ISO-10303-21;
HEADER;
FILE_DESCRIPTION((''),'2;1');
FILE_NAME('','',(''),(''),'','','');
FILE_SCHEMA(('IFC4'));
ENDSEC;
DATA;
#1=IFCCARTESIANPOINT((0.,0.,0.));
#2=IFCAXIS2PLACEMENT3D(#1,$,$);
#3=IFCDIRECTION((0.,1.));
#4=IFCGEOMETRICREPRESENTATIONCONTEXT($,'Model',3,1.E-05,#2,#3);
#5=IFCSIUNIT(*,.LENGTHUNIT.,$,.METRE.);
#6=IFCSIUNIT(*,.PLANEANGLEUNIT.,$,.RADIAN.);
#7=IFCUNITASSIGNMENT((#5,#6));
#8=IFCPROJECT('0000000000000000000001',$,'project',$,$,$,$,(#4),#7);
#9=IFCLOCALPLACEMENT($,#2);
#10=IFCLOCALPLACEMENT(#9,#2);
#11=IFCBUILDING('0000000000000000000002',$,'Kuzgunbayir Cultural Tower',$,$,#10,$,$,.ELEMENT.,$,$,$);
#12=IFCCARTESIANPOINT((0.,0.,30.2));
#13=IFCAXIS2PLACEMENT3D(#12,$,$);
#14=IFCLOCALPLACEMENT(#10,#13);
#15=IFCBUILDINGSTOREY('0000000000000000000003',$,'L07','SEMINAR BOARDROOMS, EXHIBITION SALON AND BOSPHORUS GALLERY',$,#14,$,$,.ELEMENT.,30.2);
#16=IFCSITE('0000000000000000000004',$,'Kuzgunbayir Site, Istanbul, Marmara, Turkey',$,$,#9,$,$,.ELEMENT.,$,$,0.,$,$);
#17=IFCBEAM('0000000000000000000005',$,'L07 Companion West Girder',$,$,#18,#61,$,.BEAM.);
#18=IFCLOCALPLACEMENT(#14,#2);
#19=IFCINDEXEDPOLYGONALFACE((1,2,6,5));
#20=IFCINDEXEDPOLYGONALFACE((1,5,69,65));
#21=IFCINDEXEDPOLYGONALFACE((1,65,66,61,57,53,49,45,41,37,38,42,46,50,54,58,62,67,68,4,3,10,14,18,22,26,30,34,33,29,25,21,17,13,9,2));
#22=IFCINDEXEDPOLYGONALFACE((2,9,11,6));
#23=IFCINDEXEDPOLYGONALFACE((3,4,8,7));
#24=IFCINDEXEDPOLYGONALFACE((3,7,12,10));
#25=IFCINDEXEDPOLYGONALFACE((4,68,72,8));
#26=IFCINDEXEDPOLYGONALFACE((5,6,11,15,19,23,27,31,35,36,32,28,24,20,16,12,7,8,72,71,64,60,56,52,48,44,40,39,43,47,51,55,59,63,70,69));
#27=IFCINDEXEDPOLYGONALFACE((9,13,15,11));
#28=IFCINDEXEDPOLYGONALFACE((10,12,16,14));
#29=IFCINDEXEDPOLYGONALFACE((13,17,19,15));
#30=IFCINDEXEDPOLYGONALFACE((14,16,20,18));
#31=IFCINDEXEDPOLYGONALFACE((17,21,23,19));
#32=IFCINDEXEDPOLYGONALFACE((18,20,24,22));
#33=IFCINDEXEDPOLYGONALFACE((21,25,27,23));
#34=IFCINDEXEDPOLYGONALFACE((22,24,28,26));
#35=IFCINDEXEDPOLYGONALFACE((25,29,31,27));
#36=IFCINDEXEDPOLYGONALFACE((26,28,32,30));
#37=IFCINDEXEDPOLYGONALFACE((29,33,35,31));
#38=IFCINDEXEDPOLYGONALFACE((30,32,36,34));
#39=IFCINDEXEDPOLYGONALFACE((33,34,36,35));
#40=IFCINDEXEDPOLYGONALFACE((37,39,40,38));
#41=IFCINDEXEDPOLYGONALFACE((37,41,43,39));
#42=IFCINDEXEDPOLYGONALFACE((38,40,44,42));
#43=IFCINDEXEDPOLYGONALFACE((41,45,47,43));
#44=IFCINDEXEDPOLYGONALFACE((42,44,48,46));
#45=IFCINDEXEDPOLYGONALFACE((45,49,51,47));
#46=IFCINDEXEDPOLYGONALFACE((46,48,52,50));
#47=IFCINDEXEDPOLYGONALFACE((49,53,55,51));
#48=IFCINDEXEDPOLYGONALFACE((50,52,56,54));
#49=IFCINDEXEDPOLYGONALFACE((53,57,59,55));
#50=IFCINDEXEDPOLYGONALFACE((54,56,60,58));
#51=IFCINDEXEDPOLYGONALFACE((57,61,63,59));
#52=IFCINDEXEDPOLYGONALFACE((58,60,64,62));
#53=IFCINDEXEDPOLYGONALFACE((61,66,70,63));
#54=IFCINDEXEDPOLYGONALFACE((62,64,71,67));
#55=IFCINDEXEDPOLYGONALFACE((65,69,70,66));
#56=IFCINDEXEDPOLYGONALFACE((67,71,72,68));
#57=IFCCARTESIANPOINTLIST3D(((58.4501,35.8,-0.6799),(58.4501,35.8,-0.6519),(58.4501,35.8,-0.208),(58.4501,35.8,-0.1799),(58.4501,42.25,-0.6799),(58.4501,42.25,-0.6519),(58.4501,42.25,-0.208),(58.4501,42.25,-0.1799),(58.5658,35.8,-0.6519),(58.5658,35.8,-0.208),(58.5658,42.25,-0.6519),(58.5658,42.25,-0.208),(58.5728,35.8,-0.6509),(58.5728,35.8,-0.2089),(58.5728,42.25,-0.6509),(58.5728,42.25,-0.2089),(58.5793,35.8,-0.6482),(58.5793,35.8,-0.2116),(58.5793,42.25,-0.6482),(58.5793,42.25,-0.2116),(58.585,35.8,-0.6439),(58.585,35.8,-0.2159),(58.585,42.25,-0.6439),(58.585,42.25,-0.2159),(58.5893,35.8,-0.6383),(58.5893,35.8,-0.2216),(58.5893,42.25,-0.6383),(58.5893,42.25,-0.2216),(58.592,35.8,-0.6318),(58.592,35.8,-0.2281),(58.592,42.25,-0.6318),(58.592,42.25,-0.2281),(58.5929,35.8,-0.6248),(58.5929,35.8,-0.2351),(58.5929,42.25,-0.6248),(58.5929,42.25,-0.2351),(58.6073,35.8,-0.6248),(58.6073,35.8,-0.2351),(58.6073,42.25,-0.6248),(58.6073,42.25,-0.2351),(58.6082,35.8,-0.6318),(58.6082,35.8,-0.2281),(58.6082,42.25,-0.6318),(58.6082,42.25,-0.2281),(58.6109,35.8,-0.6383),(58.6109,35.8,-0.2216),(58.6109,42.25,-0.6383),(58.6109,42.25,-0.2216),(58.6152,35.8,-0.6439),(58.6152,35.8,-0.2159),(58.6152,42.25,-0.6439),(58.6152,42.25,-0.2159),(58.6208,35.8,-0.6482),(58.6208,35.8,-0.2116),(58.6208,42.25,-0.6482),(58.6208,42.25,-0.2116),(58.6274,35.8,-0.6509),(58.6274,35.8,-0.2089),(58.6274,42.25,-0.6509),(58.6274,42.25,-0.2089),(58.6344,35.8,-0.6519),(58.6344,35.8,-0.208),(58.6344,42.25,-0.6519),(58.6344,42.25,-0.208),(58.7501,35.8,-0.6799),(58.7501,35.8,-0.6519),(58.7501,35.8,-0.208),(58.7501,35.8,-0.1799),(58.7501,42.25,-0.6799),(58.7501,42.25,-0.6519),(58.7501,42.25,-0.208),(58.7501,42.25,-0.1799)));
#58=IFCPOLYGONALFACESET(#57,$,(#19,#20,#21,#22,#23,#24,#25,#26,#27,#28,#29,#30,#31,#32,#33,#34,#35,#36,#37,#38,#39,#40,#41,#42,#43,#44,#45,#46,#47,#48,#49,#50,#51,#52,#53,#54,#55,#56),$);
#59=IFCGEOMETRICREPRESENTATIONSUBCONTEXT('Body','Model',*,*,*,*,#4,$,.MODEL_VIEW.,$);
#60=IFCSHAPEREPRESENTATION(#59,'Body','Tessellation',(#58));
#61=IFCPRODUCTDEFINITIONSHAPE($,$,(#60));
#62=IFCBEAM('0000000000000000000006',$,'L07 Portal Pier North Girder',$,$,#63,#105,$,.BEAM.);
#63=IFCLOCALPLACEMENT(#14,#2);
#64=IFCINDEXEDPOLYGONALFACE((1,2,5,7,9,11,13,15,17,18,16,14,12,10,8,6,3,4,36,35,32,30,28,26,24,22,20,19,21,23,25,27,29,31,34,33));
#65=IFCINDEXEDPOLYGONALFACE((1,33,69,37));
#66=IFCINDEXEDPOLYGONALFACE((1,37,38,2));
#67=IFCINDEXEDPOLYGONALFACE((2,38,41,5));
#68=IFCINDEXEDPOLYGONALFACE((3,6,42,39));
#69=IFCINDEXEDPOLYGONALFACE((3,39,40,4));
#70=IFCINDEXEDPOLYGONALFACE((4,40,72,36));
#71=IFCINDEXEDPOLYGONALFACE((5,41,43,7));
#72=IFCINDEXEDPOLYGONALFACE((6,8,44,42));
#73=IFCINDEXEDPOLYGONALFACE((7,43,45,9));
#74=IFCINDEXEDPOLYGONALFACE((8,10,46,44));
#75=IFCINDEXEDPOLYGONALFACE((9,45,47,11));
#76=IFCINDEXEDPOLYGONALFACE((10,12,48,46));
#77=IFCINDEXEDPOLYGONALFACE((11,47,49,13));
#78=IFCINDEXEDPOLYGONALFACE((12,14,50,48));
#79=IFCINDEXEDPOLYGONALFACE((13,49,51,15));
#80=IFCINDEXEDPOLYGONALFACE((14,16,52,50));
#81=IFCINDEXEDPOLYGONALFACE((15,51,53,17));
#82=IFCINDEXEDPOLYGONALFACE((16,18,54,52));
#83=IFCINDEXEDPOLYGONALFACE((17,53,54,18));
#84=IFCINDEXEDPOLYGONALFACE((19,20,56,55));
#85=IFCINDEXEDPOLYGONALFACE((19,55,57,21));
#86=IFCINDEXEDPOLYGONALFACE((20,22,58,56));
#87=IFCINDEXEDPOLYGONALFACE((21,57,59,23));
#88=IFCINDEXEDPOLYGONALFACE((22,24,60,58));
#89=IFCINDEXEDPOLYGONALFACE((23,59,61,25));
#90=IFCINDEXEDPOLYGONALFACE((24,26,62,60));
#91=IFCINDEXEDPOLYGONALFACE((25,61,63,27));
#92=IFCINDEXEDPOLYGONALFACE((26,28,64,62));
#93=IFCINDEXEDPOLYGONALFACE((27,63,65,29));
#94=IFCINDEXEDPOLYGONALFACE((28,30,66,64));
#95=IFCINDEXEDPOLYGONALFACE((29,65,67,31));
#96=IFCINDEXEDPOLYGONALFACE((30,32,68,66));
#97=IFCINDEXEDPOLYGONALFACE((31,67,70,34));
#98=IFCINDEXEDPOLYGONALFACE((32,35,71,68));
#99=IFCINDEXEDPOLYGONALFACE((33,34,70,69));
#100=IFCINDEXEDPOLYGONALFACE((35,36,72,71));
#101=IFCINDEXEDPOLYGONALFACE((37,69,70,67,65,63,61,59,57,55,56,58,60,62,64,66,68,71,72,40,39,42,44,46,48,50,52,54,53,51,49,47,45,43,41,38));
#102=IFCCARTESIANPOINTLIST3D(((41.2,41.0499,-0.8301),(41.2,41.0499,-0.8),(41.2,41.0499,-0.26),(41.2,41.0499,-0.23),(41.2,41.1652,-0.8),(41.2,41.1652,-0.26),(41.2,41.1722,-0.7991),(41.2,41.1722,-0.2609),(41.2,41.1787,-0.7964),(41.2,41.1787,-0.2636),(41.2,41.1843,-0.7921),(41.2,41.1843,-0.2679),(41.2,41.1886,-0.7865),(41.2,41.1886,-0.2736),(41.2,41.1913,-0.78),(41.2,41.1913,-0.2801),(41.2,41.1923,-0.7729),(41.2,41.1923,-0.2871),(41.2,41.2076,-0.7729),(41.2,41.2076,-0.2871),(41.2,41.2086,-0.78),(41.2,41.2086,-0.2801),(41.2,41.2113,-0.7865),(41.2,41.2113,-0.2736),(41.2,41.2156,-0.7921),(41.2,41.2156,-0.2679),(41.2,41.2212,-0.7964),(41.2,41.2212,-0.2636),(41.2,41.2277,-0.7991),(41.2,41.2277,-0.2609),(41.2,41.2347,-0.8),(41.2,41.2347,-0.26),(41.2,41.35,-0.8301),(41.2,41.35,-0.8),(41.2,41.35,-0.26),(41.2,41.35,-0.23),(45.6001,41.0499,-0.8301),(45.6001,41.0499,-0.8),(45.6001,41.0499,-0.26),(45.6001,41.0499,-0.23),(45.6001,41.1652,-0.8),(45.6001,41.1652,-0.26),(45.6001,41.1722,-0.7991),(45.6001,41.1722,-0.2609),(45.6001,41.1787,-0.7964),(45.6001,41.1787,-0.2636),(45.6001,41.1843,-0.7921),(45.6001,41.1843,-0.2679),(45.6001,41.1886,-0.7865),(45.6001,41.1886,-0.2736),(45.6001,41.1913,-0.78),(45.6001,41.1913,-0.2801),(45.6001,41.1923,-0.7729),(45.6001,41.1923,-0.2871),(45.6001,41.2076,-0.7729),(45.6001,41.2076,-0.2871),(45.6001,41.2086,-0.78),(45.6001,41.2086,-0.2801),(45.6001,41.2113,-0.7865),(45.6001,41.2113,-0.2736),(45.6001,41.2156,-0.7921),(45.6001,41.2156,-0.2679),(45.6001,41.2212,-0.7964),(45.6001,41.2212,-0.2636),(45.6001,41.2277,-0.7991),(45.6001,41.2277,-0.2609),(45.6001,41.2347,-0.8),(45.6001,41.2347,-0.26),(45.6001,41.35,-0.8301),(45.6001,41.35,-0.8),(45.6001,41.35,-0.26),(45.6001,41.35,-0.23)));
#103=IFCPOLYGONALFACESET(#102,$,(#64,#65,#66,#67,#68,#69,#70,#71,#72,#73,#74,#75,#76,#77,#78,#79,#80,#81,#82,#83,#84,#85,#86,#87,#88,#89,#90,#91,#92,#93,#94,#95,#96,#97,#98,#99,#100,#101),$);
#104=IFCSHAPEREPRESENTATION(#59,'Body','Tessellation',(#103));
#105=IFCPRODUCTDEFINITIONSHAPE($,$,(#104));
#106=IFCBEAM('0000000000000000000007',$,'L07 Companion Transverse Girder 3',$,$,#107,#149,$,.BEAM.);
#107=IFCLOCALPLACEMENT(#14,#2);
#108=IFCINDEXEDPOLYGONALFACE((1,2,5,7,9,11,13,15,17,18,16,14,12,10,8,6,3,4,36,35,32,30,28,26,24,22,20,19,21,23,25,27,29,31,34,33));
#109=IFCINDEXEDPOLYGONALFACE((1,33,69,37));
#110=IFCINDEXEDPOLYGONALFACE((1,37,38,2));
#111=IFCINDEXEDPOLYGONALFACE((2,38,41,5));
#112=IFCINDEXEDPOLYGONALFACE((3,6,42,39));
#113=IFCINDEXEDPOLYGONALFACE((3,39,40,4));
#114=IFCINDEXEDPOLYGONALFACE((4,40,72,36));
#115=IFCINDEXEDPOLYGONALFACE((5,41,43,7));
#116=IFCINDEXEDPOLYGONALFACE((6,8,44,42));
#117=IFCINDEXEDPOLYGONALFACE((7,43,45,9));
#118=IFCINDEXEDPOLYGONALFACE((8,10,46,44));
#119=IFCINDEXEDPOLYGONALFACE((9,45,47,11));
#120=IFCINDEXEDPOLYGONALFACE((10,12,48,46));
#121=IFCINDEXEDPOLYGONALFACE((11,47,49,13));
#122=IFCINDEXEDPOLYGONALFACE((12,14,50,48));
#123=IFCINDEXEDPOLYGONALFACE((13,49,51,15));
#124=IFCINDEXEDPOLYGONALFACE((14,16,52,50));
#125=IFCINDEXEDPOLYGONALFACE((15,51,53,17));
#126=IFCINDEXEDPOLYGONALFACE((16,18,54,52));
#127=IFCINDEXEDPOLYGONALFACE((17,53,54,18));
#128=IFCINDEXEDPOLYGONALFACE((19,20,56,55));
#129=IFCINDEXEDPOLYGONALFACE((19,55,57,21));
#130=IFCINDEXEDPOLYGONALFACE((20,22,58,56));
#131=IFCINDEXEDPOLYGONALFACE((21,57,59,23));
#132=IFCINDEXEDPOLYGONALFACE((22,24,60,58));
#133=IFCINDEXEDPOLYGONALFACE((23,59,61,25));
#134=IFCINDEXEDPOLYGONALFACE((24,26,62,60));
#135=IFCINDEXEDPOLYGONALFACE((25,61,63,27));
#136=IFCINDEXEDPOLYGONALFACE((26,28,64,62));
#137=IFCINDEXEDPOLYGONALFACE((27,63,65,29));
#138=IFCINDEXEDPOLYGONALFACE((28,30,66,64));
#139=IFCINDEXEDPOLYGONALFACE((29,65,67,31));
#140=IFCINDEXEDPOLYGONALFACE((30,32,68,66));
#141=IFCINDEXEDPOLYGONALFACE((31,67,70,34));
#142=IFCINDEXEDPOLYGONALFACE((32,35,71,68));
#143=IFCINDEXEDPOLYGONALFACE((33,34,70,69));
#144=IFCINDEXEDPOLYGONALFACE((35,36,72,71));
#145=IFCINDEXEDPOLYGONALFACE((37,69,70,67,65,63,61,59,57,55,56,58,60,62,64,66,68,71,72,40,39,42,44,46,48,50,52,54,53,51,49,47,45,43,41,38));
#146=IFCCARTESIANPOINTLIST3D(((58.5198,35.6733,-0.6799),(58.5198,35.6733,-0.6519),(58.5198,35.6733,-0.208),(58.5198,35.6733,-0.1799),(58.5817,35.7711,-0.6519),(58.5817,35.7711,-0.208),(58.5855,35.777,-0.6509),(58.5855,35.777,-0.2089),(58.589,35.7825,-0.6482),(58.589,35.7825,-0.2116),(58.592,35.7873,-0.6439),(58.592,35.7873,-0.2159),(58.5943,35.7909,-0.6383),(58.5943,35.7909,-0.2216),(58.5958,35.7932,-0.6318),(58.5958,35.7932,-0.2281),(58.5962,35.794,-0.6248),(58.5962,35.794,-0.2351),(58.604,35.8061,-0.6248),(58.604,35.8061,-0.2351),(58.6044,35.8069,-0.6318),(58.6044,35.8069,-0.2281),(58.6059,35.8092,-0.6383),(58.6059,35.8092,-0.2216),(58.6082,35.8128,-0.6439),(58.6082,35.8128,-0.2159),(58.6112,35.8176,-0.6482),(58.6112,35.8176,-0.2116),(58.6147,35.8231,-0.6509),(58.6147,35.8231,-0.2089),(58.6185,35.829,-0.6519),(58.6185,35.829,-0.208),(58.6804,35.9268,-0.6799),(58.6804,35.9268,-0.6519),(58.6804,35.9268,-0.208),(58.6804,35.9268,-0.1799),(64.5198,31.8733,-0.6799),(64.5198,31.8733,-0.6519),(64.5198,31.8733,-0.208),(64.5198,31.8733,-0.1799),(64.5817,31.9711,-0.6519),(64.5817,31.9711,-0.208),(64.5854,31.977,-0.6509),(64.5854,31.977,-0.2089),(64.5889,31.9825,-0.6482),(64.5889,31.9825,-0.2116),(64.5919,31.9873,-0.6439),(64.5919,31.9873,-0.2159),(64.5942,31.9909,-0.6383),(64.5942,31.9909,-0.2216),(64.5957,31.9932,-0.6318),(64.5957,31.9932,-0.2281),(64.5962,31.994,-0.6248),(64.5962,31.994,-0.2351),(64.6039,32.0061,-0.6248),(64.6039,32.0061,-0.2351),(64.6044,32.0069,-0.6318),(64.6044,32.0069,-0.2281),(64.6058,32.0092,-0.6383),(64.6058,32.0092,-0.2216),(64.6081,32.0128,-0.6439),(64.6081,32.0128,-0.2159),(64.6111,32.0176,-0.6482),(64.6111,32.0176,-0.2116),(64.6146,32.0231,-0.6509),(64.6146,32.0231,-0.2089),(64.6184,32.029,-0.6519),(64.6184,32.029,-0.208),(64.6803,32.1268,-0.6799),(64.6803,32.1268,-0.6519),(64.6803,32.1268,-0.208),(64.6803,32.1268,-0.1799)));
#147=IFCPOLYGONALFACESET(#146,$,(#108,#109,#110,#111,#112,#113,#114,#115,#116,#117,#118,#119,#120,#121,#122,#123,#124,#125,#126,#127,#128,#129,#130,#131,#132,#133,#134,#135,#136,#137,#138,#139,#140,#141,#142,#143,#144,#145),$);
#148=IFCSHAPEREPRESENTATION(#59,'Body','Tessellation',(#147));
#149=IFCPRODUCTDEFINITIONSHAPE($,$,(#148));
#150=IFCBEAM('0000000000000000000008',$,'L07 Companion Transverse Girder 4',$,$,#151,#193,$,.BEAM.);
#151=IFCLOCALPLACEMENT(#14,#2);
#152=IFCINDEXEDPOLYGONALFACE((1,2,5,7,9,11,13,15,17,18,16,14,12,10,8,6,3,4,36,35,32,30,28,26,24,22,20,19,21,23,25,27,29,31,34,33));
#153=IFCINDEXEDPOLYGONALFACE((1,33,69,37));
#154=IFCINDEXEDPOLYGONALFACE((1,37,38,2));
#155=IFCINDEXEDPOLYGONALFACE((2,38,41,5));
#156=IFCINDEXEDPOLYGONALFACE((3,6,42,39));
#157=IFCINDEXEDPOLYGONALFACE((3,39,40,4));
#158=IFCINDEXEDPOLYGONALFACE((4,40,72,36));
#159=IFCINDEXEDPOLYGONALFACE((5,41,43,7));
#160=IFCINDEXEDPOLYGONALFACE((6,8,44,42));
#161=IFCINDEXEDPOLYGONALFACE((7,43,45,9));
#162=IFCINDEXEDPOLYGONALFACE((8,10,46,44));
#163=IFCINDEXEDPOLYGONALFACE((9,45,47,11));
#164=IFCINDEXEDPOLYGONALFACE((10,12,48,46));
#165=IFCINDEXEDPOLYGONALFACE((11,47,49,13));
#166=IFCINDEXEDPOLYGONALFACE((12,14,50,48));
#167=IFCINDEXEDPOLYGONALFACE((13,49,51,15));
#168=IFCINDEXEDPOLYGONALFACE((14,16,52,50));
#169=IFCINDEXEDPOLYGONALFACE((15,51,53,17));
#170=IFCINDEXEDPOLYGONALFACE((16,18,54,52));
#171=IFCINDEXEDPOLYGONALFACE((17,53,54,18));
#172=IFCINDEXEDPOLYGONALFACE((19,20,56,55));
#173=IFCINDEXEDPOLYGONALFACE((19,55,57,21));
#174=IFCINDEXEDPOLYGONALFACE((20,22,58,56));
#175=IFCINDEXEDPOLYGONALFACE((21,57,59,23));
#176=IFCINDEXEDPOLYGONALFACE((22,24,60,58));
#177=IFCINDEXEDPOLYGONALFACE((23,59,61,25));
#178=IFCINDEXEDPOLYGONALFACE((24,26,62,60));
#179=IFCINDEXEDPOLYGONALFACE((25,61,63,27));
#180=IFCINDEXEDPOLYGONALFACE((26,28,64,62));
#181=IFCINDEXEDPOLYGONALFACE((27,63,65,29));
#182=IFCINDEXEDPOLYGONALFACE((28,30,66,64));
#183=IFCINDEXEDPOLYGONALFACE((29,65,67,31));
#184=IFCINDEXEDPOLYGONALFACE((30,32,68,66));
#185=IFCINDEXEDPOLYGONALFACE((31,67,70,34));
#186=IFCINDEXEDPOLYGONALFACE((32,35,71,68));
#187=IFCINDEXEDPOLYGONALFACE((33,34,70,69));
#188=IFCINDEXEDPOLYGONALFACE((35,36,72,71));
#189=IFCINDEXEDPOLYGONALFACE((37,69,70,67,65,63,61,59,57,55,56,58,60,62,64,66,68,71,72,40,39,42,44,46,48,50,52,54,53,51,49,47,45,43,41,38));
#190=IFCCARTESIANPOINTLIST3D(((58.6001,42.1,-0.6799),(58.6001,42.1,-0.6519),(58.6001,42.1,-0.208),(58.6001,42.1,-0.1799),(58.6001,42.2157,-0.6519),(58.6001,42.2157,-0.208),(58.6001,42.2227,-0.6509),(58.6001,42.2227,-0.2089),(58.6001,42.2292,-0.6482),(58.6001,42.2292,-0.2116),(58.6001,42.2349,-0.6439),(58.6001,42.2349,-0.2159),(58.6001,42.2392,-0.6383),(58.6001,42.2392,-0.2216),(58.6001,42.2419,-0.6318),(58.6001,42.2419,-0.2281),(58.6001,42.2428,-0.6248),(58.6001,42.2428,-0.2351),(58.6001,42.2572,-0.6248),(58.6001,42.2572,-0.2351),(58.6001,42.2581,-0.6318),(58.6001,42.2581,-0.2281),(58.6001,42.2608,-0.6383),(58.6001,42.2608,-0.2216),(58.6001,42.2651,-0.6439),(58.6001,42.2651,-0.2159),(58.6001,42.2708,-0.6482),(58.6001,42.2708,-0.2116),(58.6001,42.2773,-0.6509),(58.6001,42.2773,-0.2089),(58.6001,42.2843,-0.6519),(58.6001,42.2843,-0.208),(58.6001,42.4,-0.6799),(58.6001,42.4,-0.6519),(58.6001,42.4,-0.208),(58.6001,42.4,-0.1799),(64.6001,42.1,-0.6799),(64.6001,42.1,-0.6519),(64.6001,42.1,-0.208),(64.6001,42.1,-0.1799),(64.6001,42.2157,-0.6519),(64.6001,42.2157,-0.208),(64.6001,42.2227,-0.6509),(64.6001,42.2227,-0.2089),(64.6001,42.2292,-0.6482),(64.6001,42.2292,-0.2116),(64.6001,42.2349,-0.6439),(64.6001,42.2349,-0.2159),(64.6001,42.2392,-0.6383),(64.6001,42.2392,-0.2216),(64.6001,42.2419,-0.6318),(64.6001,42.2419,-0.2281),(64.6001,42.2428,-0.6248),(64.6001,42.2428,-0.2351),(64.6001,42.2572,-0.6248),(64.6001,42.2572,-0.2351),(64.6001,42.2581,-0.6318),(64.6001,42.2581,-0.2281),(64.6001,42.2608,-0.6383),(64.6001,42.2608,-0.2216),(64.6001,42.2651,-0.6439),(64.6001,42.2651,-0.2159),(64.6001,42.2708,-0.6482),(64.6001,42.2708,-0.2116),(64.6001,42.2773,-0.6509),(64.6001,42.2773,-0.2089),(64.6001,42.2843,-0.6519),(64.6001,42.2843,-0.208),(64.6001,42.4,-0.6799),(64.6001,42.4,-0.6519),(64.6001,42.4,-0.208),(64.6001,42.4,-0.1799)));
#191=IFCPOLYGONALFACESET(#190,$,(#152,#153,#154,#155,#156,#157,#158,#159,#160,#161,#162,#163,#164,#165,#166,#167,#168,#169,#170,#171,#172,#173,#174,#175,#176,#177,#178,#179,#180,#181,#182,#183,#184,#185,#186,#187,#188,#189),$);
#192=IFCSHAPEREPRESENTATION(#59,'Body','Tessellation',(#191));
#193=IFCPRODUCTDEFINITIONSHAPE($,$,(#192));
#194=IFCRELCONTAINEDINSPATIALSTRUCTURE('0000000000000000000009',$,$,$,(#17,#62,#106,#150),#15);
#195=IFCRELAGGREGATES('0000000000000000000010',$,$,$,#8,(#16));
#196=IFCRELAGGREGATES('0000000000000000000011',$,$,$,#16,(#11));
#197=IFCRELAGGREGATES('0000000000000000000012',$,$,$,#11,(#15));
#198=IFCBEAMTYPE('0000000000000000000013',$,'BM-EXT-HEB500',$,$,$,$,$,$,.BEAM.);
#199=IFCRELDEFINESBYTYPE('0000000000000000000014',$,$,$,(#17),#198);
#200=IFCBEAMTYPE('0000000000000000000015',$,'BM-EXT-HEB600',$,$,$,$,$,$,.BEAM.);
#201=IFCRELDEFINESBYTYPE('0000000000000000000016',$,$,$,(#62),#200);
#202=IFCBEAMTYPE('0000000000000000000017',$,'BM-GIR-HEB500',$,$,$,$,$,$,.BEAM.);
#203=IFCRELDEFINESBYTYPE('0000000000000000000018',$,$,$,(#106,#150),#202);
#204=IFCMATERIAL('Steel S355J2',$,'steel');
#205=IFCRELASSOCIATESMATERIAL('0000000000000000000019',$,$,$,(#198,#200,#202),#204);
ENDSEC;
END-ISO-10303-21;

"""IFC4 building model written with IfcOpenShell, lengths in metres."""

from ifc_helpers import new_model, si_unit, direction, frame, origin, origin_2d, place, context, subcontext, project, spatial, i_section, extrude, material, material_profile, profile_set, type_object, element, save


model = new_model("IFC4")

# Units and contexts
model_context = context("Model", 3, precision=1e-05, world=origin(), true_north=direction((0.0, 1.0)))
body_context = subcontext(model_context, "Body", "Model", "MODEL_VIEW")
ifc_project = project(units=[si_unit("LENGTHUNIT", "METRE"), si_unit("PLANEANGLEUNIT", "RADIAN")], contexts=[model_context])

# Site, building, storey
site_placement = place(None, origin())
site = spatial("IfcSite", under=ifc_project, at=site_placement, Name="Kuzgunbayir Site, Istanbul, Marmara, Turkey", CompositionType="ELEMENT", RefElevation=0.0)
building_placement = place(site_placement, origin())
building = spatial("IfcBuilding", under=site, at=building_placement, Name="Kuzgunbayir Cultural Tower", CompositionType="ELEMENT")
storey_placement = place(building_placement, frame((0.0, 0.0, 30.2)))
storey = spatial("IfcBuildingStorey", under=building, at=storey_placement, Name="L07", Description="SEMINAR BOARDROOMS, EXHIBITION SALON AND BOSPHORUS GALLERY", CompositionType="ELEMENT", Elevation=30.2)

# Beams
ifc_material_1 = material(Name="Steel S355J2", Category="steel")
ifc_material_profile_1 = material_profile(ifc_material_1, i_section(OverallWidth=0.3, OverallDepth=0.5, WebThickness=0.0144, FlangeThickness=0.0281, FilletRadius=0.0271, at=origin_2d()), Name="HEB 500")
ifc_profile_set_1 = profile_set([ifc_material_profile_1], Name="Steel S355J2")
beam_type_1 = type_object("IfcBeamType", Name="BM-EXT-HEB500", PredefinedType="BEAM", material=ifc_profile_set_1)
beam_1_placement = place(storey_placement, frame((58.6001, 35.8, -0.4299), z_axis=(0.0, 1.0, 0.0), x_axis=(-1.0, 0.0, 0.0)))
element("IfcBeam", 1, at=beam_1_placement, inside=storey, type_object=beam_type_1, Name="L07 Companion West Girder", PredefinedType="BEAM", context=body_context, shape_type="SweptSolid", body=[
    extrude(i_section(OverallWidth=0.3, OverallDepth=0.5, WebThickness=0.0144, FlangeThickness=0.0281, FilletRadius=0.0271, at=origin_2d()), origin(), (0.0, 0.0, 1.0), 6.45),
])
ifc_material_profile_2 = material_profile(ifc_material_1, i_section(OverallWidth=0.3, OverallDepth=0.6001, WebThickness=0.0154, FlangeThickness=0.03, FilletRadius=0.0271, at=origin_2d()), Name="HEB 600")
ifc_profile_set_2 = profile_set([ifc_material_profile_2], Name="Steel S355J2")
beam_type_2 = type_object("IfcBeamType", Name="BM-EXT-HEB600", PredefinedType="BEAM", material=ifc_profile_set_2)
beam_2_placement = place(storey_placement, frame((41.2, 41.2, -0.53), z_axis=(1.0, 0.0, 0.0), x_axis=(0.0, 1.0, 0.0)))
element("IfcBeam", 2, at=beam_2_placement, inside=storey, type_object=beam_type_2, Name="L07 Portal Pier North Girder", PredefinedType="BEAM", context=body_context, shape_type="SweptSolid", body=[
    extrude(i_section(OverallWidth=0.3, OverallDepth=0.6001, WebThickness=0.0154, FlangeThickness=0.03, FilletRadius=0.0271, at=origin_2d()), origin(), (0.0, 0.0, 1.0), 4.4001),
])
ifc_material_profile_3 = material_profile(ifc_material_1, i_section(OverallWidth=0.3, OverallDepth=0.5, WebThickness=0.0144, FlangeThickness=0.0281, FilletRadius=0.0271, at=origin_2d()), Name="HEB 500")
ifc_profile_set_3 = profile_set([ifc_material_profile_3], Name="Steel S355J2")
beam_type_3 = type_object("IfcBeamType", Name="BM-GIR-HEB500", PredefinedType="BEAM", material=ifc_profile_set_3)
beam_3_placement = place(storey_placement, frame((58.6001, 35.8, -0.4299), z_axis=(0.844816, -0.535057, 0.0), x_axis=(0.535057, 0.844816, 0.0)))
element("IfcBeam", 3, at=beam_3_placement, inside=storey, type_object=beam_type_3, Name="L07 Companion Transverse Girder 3", PredefinedType="BEAM", context=body_context, shape_type="SweptSolid", body=[
    extrude(i_section(OverallWidth=0.3, OverallDepth=0.5, WebThickness=0.0144, FlangeThickness=0.0281, FilletRadius=0.0271, at=origin_2d()), origin(), (0.0, 0.0, 1.0), 7.1021),
])
beam_4_placement = place(storey_placement, frame((58.6001, 42.25, -0.4299), z_axis=(1.0, 0.0, 0.0), x_axis=(0.0, 1.0, 0.0)))
element("IfcBeam", 4, at=beam_4_placement, inside=storey, type_object=beam_type_3, Name="L07 Companion Transverse Girder 4", PredefinedType="BEAM", context=body_context, shape_type="SweptSolid", body=[
    extrude(i_section(OverallWidth=0.3, OverallDepth=0.5, WebThickness=0.0144, FlangeThickness=0.0281, FilletRadius=0.0271, at=origin_2d()), origin(), (0.0, 0.0, 1.0), 6.0),
])

save(model, "model.ifc")
